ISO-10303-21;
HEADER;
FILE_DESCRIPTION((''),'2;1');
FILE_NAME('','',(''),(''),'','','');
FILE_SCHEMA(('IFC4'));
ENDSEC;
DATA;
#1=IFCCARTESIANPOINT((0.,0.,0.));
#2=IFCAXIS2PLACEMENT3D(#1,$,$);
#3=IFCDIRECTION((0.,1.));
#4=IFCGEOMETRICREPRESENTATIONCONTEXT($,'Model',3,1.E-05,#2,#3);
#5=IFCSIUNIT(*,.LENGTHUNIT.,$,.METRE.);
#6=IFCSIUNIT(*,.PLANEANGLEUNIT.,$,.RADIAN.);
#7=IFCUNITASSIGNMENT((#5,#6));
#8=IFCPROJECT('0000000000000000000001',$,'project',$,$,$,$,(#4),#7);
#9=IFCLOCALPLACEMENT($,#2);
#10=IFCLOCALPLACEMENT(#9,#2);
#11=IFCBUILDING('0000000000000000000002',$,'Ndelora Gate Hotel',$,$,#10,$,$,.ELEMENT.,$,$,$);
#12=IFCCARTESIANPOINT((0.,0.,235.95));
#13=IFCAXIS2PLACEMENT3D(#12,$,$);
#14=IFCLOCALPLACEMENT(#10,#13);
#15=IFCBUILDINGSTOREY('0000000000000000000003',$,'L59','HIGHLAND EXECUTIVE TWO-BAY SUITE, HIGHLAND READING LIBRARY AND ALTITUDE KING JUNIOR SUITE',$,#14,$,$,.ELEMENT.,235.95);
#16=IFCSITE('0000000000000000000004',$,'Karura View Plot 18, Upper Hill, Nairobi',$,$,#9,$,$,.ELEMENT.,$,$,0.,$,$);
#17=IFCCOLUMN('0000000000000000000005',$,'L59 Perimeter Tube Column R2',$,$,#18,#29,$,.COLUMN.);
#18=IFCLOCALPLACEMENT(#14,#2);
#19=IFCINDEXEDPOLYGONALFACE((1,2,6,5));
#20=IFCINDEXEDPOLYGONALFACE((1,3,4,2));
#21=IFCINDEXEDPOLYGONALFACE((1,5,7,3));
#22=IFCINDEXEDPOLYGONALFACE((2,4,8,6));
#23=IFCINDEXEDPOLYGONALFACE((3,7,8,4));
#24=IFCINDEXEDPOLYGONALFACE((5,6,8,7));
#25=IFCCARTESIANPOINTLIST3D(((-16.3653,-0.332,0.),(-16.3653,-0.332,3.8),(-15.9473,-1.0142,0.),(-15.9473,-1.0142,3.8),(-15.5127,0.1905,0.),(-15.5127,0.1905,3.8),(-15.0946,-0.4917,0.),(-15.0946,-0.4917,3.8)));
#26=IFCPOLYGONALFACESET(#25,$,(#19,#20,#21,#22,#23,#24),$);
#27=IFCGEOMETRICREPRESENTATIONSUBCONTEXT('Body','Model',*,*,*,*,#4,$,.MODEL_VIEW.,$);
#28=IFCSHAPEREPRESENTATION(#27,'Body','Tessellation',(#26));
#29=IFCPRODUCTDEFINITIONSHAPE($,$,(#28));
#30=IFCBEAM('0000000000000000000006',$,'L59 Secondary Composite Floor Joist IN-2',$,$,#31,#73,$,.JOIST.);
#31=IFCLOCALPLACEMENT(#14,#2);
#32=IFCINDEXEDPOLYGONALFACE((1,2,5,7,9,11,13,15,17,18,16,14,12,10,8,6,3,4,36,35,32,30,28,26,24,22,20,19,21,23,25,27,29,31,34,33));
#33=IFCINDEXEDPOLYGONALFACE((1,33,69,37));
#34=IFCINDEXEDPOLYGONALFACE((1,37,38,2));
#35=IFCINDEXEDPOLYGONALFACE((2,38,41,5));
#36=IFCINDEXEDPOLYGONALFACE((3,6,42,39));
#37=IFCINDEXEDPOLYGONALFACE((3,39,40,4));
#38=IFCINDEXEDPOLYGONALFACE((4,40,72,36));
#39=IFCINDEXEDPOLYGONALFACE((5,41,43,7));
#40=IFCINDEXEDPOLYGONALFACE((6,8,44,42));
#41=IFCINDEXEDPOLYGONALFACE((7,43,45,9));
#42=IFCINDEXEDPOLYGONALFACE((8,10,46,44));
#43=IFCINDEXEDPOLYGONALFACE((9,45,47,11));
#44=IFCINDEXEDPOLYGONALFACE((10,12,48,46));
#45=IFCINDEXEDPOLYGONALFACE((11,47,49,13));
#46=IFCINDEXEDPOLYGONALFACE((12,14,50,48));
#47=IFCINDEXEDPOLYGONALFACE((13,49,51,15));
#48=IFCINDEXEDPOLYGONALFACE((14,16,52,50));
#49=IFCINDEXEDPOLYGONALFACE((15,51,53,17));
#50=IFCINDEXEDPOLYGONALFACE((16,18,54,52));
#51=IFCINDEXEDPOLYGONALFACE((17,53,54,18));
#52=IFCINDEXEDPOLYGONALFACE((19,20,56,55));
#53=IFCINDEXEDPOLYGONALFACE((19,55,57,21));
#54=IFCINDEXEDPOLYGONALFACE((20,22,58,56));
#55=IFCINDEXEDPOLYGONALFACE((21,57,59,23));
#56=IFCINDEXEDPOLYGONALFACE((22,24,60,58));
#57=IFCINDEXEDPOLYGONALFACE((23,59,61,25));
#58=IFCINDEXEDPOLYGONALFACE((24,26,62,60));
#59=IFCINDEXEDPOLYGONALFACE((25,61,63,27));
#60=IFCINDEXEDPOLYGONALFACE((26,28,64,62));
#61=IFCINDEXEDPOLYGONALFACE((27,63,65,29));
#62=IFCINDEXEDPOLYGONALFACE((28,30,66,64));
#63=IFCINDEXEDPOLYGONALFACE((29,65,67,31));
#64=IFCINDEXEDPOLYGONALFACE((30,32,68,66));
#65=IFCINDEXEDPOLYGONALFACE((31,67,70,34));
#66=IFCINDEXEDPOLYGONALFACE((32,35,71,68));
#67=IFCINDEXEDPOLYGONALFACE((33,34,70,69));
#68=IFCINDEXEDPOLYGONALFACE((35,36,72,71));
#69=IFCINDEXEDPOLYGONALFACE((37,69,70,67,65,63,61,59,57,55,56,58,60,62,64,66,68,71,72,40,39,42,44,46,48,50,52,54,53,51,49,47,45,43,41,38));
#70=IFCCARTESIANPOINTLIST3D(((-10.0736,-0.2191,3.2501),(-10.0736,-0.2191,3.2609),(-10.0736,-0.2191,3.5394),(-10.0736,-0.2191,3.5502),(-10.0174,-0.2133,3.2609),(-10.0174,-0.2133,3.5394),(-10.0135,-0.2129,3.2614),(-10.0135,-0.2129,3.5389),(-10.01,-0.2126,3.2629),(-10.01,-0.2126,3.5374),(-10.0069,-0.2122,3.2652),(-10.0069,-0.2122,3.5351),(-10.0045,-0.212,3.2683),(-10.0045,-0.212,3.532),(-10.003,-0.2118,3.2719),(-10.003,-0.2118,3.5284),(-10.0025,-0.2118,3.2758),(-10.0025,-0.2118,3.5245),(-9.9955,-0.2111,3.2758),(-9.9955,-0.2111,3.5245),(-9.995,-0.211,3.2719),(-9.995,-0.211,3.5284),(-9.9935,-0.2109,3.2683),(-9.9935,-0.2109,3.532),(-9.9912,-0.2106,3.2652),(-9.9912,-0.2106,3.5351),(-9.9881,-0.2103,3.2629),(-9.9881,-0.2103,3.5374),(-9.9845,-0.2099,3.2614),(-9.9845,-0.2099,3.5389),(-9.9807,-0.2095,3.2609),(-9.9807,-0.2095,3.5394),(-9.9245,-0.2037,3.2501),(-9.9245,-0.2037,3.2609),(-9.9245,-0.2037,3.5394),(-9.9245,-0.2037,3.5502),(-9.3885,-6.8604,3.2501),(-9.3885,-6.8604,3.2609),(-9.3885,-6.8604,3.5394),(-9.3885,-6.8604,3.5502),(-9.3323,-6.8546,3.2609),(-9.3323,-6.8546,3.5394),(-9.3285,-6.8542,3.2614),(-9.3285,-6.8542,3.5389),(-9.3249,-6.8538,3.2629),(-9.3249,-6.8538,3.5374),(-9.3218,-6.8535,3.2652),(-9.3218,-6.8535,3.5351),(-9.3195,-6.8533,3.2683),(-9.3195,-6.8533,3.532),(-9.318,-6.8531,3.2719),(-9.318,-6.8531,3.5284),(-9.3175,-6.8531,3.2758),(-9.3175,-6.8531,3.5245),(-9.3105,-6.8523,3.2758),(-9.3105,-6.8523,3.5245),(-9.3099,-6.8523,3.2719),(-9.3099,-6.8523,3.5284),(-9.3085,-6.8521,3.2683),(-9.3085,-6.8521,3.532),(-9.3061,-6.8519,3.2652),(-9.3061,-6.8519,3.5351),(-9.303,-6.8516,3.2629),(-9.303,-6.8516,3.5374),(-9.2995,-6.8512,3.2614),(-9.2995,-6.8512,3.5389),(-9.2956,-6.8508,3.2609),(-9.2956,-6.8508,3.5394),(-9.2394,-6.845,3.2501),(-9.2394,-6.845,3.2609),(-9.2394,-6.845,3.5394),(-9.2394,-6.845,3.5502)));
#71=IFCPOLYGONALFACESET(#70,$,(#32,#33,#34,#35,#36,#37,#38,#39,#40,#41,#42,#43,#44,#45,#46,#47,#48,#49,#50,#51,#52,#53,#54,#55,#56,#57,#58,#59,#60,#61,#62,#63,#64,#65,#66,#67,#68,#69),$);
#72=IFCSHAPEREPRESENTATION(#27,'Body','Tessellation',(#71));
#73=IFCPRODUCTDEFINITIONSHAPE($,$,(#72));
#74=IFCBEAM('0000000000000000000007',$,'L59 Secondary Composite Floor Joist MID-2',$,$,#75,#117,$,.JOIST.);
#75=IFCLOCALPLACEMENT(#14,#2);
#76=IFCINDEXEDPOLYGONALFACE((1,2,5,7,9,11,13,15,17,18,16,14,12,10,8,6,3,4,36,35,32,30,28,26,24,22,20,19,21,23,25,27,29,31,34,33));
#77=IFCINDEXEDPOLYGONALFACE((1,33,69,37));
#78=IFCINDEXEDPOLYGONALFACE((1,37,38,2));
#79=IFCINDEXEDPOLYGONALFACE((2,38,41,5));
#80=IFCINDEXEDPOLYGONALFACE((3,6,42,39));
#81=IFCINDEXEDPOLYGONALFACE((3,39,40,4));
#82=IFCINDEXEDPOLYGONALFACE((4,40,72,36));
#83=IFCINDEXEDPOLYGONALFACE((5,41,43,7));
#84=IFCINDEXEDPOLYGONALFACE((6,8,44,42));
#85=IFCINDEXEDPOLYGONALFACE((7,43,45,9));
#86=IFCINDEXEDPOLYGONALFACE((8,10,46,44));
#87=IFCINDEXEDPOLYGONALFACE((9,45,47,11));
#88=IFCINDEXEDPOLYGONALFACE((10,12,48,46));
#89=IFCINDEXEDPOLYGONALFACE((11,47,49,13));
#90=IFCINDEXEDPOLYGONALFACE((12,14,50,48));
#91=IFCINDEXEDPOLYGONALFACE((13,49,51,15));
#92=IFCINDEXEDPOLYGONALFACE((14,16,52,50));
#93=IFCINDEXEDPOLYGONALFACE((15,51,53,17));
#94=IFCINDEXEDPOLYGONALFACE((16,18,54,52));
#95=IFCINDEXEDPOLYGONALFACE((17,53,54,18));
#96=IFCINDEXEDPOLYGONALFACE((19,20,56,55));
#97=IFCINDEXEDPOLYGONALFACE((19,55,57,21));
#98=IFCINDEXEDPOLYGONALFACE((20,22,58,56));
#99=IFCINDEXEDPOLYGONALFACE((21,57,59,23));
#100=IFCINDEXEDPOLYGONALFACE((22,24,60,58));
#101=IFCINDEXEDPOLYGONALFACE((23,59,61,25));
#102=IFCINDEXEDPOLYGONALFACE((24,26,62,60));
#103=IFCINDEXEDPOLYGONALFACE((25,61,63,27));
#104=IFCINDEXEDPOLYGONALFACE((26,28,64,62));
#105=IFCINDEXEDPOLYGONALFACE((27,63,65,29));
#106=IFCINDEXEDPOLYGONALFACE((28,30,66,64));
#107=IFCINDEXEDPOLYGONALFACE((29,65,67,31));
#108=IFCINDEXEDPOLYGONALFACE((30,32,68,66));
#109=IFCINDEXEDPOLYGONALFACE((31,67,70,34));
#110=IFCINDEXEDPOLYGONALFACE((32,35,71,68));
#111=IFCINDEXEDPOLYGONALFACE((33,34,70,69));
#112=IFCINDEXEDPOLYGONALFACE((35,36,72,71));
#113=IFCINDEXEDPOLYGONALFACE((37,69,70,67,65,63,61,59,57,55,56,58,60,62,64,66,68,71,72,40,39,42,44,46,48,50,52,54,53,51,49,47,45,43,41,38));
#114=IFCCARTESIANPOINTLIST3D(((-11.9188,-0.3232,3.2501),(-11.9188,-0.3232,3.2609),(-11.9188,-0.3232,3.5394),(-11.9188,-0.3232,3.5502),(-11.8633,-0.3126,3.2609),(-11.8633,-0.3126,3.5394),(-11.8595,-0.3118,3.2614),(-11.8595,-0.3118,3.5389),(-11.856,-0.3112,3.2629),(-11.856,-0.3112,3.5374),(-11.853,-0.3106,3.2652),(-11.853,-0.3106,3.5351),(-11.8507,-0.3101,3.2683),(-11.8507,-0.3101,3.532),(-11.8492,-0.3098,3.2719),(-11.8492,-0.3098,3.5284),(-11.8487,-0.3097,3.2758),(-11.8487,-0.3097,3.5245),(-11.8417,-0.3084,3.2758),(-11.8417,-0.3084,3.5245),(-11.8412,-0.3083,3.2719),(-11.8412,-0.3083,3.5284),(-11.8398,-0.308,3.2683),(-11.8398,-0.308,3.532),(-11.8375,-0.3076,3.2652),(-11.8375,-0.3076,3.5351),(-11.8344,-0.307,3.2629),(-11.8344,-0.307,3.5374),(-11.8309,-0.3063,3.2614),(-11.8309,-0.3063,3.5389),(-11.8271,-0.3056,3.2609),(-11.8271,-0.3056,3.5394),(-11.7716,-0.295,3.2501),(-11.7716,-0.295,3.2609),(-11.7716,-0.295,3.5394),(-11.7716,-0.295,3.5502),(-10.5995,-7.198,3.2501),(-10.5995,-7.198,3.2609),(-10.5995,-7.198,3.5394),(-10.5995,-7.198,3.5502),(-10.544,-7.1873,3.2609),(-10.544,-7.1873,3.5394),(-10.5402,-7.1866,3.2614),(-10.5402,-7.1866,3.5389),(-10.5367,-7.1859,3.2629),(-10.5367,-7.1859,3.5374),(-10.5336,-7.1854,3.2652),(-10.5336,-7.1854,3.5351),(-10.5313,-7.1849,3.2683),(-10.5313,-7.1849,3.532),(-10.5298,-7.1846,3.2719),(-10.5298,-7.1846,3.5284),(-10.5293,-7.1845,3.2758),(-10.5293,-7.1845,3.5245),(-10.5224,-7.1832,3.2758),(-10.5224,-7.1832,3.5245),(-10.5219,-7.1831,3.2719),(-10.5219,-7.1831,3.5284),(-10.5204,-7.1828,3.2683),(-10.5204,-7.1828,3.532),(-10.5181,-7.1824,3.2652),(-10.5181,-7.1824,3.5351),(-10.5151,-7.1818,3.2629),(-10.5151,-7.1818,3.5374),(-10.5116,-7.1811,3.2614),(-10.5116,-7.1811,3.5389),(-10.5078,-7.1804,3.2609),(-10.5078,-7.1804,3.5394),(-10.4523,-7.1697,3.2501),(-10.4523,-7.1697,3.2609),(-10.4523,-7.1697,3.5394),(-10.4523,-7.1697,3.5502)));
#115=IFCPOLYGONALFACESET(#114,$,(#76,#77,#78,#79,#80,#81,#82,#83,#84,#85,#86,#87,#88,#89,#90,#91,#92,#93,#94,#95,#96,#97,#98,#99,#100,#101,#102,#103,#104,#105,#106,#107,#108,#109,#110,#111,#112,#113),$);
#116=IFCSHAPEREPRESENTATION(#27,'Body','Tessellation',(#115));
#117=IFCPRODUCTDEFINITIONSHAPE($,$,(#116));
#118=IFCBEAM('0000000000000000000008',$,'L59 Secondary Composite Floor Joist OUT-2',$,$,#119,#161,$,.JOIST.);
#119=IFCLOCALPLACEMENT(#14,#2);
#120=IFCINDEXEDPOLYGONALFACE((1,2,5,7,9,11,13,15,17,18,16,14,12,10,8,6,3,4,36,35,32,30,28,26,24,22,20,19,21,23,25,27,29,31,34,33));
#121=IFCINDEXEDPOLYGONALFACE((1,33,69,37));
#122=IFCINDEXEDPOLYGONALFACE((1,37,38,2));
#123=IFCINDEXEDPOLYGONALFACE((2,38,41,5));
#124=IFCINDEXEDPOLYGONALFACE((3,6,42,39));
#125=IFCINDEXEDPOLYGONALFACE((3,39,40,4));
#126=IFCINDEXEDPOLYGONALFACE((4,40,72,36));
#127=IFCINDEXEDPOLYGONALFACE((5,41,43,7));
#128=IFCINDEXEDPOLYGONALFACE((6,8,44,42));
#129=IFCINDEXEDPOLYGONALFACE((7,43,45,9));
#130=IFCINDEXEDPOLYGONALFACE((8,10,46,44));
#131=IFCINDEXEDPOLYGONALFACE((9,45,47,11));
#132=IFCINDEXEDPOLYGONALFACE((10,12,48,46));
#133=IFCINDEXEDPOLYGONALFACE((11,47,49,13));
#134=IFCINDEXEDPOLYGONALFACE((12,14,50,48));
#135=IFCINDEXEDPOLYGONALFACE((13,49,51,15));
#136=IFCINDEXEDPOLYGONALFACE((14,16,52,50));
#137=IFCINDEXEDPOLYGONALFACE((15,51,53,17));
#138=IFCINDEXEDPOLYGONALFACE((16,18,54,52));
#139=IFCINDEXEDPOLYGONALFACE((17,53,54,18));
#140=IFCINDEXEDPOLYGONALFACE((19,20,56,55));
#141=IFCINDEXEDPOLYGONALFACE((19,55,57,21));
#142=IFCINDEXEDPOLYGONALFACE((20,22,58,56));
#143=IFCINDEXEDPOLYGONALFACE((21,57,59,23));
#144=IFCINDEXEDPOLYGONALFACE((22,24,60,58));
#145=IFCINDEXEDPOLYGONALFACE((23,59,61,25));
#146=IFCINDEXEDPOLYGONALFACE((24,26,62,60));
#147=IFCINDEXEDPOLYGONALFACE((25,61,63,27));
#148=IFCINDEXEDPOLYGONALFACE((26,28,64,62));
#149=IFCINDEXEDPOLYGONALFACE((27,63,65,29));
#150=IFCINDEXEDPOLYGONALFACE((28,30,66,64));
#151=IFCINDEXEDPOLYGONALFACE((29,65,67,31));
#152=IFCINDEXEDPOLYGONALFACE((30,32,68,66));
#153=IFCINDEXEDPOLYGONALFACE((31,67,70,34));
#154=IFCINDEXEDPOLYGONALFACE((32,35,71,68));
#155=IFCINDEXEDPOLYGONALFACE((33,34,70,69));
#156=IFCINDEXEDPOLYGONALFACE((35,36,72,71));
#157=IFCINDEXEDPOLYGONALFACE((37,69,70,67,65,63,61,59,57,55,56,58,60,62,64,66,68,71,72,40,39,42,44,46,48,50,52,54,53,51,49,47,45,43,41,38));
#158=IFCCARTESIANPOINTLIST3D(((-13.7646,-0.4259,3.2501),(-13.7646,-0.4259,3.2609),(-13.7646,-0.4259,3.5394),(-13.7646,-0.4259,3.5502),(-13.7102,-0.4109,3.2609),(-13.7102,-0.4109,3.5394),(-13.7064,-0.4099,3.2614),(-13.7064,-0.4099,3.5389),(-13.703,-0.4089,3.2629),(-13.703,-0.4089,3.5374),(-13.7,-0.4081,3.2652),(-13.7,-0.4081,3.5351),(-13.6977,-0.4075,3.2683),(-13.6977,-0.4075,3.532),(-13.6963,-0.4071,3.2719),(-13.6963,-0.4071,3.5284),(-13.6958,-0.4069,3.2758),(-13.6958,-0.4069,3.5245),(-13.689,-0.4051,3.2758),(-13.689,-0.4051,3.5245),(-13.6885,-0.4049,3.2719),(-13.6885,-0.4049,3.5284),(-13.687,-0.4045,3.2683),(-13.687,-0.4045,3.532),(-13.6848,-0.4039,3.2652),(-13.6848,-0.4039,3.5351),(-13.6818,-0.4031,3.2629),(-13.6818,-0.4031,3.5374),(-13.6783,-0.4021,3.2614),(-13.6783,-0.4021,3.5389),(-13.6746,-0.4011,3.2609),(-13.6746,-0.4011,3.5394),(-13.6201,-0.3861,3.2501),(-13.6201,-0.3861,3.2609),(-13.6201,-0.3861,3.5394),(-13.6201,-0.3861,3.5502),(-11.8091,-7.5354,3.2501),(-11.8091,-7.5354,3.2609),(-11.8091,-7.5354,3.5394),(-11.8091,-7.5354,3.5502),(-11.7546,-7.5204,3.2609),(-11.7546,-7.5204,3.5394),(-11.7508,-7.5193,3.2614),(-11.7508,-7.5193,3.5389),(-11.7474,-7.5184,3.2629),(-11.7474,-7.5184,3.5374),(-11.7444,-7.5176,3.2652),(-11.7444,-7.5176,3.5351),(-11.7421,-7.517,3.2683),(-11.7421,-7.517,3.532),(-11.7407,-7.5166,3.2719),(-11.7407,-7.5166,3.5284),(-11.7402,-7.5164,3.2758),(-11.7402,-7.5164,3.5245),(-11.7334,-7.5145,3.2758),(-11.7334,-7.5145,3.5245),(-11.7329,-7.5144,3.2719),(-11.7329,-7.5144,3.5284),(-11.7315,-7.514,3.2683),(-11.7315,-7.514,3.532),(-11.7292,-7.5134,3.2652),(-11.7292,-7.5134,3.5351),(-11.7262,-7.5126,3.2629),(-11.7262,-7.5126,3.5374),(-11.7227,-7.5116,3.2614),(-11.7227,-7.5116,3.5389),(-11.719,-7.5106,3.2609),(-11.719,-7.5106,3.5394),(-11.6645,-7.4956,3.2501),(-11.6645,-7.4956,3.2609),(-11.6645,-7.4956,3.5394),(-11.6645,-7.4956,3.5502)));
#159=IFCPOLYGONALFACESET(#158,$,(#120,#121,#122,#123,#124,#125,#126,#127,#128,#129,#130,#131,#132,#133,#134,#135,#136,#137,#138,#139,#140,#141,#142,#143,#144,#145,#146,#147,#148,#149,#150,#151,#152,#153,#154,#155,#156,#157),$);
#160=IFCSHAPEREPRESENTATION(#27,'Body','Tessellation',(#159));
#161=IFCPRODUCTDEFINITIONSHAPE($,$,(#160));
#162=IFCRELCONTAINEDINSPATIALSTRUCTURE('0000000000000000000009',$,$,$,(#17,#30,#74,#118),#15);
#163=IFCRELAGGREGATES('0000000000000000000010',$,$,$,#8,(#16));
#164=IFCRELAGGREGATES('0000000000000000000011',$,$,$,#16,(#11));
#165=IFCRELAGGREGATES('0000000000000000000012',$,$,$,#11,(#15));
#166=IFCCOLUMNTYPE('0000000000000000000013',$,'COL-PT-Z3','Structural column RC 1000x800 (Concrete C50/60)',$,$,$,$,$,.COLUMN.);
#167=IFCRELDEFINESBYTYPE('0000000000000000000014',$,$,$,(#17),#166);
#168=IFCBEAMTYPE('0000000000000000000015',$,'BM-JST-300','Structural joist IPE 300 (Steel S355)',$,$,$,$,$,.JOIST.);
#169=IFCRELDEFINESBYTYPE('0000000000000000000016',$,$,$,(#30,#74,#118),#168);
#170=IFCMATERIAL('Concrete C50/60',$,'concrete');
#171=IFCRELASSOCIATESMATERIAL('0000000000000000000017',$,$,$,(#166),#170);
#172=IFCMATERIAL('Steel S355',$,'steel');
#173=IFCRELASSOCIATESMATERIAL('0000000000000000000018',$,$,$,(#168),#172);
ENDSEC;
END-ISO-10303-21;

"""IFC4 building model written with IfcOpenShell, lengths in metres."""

from ifc_helpers import new_model, si_unit, direction, frame, origin, origin_2d, place, context, subcontext, project, spatial, rectangle, i_section, extrude, material, material_profile, profile_set, type_object, element, save


model = new_model("IFC4")

# Units and contexts
model_context = context("Model", 3, precision=1e-05, world=origin(), true_north=direction((0.0, 1.0)))
body_context = subcontext(model_context, "Body", "Model", "MODEL_VIEW")
ifc_project = project(units=[si_unit("LENGTHUNIT", "METRE"), si_unit("PLANEANGLEUNIT", "RADIAN")], contexts=[model_context])

# Site, building, storey
site_placement = place(None, origin())
site = spatial("IfcSite", under=ifc_project, at=site_placement, Name="Karura View Plot 18, Upper Hill, Nairobi", CompositionType="ELEMENT", RefElevation=0.0)
building_placement = place(site_placement, origin())
building = spatial("IfcBuilding", under=site, at=building_placement, Name="Ndelora Gate Hotel", CompositionType="ELEMENT")
storey_placement = place(building_placement, frame((0.0, 0.0, 235.95)))
storey = spatial("IfcBuildingStorey", under=building, at=storey_placement, Name="L59", Description="HIGHLAND EXECUTIVE TWO-BAY SUITE, HIGHLAND READING LIBRARY AND ALTITUDE KING JUNIOR SUITE", CompositionType="ELEMENT", Elevation=235.95)

# Column
ifc_material_1 = material(Name="Concrete C50/60", Category="concrete")
ifc_material_profile_1 = material_profile(ifc_material_1, rectangle(XDim=0.8, YDim=1.0, at=origin_2d()), Name="RC 1000x800")
ifc_profile_set_1 = profile_set([ifc_material_profile_1], Name="Concrete C50/60")
column_type = type_object("IfcColumnType", Name="COL-PT-Z3", Description="Structural column RC 1000x800 (Concrete C50/60)", PredefinedType="COLUMN", material=ifc_profile_set_1)
column_placement = place(storey_placement, frame((-15.73, -0.4119, 0.0), z_axis=(0.0, 0.0, 1.0), x_axis=(-0.522499, 0.85264, 0.0)))
element("IfcColumn", 1, at=column_placement, inside=storey, type_object=column_type, Name="L59 Perimeter Tube Column R2", PredefinedType="COLUMN", context=body_context, shape_type="SweptSolid", body=[
    extrude(rectangle(XDim=0.8, YDim=1.0, at=origin_2d()), origin(), (0.0, 0.0, 1.0), 3.8),
])

# Beams
ifc_material_2 = material(Name="Steel S355", Category="steel")
ifc_material_profile_2 = material_profile(ifc_material_2, i_section(OverallWidth=0.1499, OverallDepth=0.3, WebThickness=0.0071, FlangeThickness=0.0107, FilletRadius=0.0149, at=origin_2d()), Name="IPE 300")
ifc_profile_set_2 = profile_set([ifc_material_profile_2], Name="Steel S355")
beam_type_1 = type_object("IfcBeamType", Name="BM-JST-300", Description="Structural joist IPE 300 (Steel S355)", PredefinedType="JOIST", material=ifc_profile_set_2)
beam_1_placement = place(storey_placement, frame((-9.999, -0.2114, 3.4001), z_axis=(0.102606, -0.994722, 0.0), x_axis=(0.994722, 0.102606, 0.0)))
element("IfcBeam", 2, at=beam_1_placement, inside=storey, type_object=beam_type_1, Name="L59 Secondary Composite Floor Joist IN-2", PredefinedType="JOIST", context=body_context, shape_type="SweptSolid", body=[
    extrude(i_section(OverallWidth=0.1499, OverallDepth=0.3, WebThickness=0.0071, FlangeThickness=0.0107, FilletRadius=0.0149, at=origin_2d()), origin(), (0.0, 0.0, 1.0), 6.6765),
])
beam_2_placement = place(storey_placement, frame((-11.8452, -0.3091, 3.4001), z_axis=(0.188471, -0.982079, 0.0), x_axis=(0.982079, 0.188471, 0.0)))
element("IfcBeam", 3, at=beam_2_placement, inside=storey, type_object=beam_type_1, Name="L59 Secondary Composite Floor Joist MID-2", PredefinedType="JOIST", context=body_context, shape_type="SweptSolid", body=[
    extrude(i_section(OverallWidth=0.1499, OverallDepth=0.3, WebThickness=0.0071, FlangeThickness=0.0107, FilletRadius=0.0149, at=origin_2d()), origin(), (0.0, 0.0, 1.0), 7.0002),
])
beam_3_placement = place(storey_placement, frame((-13.6924, -0.406, 3.4001), z_axis=(0.265218, -0.964188, 0.0), x_axis=(0.964188, 0.265218, 0.0)))
element("IfcBeam", 4, at=beam_3_placement, inside=storey, type_object=beam_type_1, Name="L59 Secondary Composite Floor Joist OUT-2", PredefinedType="JOIST", context=body_context, shape_type="SweptSolid", body=[
    extrude(i_section(OverallWidth=0.1499, OverallDepth=0.3, WebThickness=0.0071, FlangeThickness=0.0107, FilletRadius=0.0149, at=origin_2d()), origin(), (0.0, 0.0, 1.0), 7.3735),
])

save(model, "model.ifc")
